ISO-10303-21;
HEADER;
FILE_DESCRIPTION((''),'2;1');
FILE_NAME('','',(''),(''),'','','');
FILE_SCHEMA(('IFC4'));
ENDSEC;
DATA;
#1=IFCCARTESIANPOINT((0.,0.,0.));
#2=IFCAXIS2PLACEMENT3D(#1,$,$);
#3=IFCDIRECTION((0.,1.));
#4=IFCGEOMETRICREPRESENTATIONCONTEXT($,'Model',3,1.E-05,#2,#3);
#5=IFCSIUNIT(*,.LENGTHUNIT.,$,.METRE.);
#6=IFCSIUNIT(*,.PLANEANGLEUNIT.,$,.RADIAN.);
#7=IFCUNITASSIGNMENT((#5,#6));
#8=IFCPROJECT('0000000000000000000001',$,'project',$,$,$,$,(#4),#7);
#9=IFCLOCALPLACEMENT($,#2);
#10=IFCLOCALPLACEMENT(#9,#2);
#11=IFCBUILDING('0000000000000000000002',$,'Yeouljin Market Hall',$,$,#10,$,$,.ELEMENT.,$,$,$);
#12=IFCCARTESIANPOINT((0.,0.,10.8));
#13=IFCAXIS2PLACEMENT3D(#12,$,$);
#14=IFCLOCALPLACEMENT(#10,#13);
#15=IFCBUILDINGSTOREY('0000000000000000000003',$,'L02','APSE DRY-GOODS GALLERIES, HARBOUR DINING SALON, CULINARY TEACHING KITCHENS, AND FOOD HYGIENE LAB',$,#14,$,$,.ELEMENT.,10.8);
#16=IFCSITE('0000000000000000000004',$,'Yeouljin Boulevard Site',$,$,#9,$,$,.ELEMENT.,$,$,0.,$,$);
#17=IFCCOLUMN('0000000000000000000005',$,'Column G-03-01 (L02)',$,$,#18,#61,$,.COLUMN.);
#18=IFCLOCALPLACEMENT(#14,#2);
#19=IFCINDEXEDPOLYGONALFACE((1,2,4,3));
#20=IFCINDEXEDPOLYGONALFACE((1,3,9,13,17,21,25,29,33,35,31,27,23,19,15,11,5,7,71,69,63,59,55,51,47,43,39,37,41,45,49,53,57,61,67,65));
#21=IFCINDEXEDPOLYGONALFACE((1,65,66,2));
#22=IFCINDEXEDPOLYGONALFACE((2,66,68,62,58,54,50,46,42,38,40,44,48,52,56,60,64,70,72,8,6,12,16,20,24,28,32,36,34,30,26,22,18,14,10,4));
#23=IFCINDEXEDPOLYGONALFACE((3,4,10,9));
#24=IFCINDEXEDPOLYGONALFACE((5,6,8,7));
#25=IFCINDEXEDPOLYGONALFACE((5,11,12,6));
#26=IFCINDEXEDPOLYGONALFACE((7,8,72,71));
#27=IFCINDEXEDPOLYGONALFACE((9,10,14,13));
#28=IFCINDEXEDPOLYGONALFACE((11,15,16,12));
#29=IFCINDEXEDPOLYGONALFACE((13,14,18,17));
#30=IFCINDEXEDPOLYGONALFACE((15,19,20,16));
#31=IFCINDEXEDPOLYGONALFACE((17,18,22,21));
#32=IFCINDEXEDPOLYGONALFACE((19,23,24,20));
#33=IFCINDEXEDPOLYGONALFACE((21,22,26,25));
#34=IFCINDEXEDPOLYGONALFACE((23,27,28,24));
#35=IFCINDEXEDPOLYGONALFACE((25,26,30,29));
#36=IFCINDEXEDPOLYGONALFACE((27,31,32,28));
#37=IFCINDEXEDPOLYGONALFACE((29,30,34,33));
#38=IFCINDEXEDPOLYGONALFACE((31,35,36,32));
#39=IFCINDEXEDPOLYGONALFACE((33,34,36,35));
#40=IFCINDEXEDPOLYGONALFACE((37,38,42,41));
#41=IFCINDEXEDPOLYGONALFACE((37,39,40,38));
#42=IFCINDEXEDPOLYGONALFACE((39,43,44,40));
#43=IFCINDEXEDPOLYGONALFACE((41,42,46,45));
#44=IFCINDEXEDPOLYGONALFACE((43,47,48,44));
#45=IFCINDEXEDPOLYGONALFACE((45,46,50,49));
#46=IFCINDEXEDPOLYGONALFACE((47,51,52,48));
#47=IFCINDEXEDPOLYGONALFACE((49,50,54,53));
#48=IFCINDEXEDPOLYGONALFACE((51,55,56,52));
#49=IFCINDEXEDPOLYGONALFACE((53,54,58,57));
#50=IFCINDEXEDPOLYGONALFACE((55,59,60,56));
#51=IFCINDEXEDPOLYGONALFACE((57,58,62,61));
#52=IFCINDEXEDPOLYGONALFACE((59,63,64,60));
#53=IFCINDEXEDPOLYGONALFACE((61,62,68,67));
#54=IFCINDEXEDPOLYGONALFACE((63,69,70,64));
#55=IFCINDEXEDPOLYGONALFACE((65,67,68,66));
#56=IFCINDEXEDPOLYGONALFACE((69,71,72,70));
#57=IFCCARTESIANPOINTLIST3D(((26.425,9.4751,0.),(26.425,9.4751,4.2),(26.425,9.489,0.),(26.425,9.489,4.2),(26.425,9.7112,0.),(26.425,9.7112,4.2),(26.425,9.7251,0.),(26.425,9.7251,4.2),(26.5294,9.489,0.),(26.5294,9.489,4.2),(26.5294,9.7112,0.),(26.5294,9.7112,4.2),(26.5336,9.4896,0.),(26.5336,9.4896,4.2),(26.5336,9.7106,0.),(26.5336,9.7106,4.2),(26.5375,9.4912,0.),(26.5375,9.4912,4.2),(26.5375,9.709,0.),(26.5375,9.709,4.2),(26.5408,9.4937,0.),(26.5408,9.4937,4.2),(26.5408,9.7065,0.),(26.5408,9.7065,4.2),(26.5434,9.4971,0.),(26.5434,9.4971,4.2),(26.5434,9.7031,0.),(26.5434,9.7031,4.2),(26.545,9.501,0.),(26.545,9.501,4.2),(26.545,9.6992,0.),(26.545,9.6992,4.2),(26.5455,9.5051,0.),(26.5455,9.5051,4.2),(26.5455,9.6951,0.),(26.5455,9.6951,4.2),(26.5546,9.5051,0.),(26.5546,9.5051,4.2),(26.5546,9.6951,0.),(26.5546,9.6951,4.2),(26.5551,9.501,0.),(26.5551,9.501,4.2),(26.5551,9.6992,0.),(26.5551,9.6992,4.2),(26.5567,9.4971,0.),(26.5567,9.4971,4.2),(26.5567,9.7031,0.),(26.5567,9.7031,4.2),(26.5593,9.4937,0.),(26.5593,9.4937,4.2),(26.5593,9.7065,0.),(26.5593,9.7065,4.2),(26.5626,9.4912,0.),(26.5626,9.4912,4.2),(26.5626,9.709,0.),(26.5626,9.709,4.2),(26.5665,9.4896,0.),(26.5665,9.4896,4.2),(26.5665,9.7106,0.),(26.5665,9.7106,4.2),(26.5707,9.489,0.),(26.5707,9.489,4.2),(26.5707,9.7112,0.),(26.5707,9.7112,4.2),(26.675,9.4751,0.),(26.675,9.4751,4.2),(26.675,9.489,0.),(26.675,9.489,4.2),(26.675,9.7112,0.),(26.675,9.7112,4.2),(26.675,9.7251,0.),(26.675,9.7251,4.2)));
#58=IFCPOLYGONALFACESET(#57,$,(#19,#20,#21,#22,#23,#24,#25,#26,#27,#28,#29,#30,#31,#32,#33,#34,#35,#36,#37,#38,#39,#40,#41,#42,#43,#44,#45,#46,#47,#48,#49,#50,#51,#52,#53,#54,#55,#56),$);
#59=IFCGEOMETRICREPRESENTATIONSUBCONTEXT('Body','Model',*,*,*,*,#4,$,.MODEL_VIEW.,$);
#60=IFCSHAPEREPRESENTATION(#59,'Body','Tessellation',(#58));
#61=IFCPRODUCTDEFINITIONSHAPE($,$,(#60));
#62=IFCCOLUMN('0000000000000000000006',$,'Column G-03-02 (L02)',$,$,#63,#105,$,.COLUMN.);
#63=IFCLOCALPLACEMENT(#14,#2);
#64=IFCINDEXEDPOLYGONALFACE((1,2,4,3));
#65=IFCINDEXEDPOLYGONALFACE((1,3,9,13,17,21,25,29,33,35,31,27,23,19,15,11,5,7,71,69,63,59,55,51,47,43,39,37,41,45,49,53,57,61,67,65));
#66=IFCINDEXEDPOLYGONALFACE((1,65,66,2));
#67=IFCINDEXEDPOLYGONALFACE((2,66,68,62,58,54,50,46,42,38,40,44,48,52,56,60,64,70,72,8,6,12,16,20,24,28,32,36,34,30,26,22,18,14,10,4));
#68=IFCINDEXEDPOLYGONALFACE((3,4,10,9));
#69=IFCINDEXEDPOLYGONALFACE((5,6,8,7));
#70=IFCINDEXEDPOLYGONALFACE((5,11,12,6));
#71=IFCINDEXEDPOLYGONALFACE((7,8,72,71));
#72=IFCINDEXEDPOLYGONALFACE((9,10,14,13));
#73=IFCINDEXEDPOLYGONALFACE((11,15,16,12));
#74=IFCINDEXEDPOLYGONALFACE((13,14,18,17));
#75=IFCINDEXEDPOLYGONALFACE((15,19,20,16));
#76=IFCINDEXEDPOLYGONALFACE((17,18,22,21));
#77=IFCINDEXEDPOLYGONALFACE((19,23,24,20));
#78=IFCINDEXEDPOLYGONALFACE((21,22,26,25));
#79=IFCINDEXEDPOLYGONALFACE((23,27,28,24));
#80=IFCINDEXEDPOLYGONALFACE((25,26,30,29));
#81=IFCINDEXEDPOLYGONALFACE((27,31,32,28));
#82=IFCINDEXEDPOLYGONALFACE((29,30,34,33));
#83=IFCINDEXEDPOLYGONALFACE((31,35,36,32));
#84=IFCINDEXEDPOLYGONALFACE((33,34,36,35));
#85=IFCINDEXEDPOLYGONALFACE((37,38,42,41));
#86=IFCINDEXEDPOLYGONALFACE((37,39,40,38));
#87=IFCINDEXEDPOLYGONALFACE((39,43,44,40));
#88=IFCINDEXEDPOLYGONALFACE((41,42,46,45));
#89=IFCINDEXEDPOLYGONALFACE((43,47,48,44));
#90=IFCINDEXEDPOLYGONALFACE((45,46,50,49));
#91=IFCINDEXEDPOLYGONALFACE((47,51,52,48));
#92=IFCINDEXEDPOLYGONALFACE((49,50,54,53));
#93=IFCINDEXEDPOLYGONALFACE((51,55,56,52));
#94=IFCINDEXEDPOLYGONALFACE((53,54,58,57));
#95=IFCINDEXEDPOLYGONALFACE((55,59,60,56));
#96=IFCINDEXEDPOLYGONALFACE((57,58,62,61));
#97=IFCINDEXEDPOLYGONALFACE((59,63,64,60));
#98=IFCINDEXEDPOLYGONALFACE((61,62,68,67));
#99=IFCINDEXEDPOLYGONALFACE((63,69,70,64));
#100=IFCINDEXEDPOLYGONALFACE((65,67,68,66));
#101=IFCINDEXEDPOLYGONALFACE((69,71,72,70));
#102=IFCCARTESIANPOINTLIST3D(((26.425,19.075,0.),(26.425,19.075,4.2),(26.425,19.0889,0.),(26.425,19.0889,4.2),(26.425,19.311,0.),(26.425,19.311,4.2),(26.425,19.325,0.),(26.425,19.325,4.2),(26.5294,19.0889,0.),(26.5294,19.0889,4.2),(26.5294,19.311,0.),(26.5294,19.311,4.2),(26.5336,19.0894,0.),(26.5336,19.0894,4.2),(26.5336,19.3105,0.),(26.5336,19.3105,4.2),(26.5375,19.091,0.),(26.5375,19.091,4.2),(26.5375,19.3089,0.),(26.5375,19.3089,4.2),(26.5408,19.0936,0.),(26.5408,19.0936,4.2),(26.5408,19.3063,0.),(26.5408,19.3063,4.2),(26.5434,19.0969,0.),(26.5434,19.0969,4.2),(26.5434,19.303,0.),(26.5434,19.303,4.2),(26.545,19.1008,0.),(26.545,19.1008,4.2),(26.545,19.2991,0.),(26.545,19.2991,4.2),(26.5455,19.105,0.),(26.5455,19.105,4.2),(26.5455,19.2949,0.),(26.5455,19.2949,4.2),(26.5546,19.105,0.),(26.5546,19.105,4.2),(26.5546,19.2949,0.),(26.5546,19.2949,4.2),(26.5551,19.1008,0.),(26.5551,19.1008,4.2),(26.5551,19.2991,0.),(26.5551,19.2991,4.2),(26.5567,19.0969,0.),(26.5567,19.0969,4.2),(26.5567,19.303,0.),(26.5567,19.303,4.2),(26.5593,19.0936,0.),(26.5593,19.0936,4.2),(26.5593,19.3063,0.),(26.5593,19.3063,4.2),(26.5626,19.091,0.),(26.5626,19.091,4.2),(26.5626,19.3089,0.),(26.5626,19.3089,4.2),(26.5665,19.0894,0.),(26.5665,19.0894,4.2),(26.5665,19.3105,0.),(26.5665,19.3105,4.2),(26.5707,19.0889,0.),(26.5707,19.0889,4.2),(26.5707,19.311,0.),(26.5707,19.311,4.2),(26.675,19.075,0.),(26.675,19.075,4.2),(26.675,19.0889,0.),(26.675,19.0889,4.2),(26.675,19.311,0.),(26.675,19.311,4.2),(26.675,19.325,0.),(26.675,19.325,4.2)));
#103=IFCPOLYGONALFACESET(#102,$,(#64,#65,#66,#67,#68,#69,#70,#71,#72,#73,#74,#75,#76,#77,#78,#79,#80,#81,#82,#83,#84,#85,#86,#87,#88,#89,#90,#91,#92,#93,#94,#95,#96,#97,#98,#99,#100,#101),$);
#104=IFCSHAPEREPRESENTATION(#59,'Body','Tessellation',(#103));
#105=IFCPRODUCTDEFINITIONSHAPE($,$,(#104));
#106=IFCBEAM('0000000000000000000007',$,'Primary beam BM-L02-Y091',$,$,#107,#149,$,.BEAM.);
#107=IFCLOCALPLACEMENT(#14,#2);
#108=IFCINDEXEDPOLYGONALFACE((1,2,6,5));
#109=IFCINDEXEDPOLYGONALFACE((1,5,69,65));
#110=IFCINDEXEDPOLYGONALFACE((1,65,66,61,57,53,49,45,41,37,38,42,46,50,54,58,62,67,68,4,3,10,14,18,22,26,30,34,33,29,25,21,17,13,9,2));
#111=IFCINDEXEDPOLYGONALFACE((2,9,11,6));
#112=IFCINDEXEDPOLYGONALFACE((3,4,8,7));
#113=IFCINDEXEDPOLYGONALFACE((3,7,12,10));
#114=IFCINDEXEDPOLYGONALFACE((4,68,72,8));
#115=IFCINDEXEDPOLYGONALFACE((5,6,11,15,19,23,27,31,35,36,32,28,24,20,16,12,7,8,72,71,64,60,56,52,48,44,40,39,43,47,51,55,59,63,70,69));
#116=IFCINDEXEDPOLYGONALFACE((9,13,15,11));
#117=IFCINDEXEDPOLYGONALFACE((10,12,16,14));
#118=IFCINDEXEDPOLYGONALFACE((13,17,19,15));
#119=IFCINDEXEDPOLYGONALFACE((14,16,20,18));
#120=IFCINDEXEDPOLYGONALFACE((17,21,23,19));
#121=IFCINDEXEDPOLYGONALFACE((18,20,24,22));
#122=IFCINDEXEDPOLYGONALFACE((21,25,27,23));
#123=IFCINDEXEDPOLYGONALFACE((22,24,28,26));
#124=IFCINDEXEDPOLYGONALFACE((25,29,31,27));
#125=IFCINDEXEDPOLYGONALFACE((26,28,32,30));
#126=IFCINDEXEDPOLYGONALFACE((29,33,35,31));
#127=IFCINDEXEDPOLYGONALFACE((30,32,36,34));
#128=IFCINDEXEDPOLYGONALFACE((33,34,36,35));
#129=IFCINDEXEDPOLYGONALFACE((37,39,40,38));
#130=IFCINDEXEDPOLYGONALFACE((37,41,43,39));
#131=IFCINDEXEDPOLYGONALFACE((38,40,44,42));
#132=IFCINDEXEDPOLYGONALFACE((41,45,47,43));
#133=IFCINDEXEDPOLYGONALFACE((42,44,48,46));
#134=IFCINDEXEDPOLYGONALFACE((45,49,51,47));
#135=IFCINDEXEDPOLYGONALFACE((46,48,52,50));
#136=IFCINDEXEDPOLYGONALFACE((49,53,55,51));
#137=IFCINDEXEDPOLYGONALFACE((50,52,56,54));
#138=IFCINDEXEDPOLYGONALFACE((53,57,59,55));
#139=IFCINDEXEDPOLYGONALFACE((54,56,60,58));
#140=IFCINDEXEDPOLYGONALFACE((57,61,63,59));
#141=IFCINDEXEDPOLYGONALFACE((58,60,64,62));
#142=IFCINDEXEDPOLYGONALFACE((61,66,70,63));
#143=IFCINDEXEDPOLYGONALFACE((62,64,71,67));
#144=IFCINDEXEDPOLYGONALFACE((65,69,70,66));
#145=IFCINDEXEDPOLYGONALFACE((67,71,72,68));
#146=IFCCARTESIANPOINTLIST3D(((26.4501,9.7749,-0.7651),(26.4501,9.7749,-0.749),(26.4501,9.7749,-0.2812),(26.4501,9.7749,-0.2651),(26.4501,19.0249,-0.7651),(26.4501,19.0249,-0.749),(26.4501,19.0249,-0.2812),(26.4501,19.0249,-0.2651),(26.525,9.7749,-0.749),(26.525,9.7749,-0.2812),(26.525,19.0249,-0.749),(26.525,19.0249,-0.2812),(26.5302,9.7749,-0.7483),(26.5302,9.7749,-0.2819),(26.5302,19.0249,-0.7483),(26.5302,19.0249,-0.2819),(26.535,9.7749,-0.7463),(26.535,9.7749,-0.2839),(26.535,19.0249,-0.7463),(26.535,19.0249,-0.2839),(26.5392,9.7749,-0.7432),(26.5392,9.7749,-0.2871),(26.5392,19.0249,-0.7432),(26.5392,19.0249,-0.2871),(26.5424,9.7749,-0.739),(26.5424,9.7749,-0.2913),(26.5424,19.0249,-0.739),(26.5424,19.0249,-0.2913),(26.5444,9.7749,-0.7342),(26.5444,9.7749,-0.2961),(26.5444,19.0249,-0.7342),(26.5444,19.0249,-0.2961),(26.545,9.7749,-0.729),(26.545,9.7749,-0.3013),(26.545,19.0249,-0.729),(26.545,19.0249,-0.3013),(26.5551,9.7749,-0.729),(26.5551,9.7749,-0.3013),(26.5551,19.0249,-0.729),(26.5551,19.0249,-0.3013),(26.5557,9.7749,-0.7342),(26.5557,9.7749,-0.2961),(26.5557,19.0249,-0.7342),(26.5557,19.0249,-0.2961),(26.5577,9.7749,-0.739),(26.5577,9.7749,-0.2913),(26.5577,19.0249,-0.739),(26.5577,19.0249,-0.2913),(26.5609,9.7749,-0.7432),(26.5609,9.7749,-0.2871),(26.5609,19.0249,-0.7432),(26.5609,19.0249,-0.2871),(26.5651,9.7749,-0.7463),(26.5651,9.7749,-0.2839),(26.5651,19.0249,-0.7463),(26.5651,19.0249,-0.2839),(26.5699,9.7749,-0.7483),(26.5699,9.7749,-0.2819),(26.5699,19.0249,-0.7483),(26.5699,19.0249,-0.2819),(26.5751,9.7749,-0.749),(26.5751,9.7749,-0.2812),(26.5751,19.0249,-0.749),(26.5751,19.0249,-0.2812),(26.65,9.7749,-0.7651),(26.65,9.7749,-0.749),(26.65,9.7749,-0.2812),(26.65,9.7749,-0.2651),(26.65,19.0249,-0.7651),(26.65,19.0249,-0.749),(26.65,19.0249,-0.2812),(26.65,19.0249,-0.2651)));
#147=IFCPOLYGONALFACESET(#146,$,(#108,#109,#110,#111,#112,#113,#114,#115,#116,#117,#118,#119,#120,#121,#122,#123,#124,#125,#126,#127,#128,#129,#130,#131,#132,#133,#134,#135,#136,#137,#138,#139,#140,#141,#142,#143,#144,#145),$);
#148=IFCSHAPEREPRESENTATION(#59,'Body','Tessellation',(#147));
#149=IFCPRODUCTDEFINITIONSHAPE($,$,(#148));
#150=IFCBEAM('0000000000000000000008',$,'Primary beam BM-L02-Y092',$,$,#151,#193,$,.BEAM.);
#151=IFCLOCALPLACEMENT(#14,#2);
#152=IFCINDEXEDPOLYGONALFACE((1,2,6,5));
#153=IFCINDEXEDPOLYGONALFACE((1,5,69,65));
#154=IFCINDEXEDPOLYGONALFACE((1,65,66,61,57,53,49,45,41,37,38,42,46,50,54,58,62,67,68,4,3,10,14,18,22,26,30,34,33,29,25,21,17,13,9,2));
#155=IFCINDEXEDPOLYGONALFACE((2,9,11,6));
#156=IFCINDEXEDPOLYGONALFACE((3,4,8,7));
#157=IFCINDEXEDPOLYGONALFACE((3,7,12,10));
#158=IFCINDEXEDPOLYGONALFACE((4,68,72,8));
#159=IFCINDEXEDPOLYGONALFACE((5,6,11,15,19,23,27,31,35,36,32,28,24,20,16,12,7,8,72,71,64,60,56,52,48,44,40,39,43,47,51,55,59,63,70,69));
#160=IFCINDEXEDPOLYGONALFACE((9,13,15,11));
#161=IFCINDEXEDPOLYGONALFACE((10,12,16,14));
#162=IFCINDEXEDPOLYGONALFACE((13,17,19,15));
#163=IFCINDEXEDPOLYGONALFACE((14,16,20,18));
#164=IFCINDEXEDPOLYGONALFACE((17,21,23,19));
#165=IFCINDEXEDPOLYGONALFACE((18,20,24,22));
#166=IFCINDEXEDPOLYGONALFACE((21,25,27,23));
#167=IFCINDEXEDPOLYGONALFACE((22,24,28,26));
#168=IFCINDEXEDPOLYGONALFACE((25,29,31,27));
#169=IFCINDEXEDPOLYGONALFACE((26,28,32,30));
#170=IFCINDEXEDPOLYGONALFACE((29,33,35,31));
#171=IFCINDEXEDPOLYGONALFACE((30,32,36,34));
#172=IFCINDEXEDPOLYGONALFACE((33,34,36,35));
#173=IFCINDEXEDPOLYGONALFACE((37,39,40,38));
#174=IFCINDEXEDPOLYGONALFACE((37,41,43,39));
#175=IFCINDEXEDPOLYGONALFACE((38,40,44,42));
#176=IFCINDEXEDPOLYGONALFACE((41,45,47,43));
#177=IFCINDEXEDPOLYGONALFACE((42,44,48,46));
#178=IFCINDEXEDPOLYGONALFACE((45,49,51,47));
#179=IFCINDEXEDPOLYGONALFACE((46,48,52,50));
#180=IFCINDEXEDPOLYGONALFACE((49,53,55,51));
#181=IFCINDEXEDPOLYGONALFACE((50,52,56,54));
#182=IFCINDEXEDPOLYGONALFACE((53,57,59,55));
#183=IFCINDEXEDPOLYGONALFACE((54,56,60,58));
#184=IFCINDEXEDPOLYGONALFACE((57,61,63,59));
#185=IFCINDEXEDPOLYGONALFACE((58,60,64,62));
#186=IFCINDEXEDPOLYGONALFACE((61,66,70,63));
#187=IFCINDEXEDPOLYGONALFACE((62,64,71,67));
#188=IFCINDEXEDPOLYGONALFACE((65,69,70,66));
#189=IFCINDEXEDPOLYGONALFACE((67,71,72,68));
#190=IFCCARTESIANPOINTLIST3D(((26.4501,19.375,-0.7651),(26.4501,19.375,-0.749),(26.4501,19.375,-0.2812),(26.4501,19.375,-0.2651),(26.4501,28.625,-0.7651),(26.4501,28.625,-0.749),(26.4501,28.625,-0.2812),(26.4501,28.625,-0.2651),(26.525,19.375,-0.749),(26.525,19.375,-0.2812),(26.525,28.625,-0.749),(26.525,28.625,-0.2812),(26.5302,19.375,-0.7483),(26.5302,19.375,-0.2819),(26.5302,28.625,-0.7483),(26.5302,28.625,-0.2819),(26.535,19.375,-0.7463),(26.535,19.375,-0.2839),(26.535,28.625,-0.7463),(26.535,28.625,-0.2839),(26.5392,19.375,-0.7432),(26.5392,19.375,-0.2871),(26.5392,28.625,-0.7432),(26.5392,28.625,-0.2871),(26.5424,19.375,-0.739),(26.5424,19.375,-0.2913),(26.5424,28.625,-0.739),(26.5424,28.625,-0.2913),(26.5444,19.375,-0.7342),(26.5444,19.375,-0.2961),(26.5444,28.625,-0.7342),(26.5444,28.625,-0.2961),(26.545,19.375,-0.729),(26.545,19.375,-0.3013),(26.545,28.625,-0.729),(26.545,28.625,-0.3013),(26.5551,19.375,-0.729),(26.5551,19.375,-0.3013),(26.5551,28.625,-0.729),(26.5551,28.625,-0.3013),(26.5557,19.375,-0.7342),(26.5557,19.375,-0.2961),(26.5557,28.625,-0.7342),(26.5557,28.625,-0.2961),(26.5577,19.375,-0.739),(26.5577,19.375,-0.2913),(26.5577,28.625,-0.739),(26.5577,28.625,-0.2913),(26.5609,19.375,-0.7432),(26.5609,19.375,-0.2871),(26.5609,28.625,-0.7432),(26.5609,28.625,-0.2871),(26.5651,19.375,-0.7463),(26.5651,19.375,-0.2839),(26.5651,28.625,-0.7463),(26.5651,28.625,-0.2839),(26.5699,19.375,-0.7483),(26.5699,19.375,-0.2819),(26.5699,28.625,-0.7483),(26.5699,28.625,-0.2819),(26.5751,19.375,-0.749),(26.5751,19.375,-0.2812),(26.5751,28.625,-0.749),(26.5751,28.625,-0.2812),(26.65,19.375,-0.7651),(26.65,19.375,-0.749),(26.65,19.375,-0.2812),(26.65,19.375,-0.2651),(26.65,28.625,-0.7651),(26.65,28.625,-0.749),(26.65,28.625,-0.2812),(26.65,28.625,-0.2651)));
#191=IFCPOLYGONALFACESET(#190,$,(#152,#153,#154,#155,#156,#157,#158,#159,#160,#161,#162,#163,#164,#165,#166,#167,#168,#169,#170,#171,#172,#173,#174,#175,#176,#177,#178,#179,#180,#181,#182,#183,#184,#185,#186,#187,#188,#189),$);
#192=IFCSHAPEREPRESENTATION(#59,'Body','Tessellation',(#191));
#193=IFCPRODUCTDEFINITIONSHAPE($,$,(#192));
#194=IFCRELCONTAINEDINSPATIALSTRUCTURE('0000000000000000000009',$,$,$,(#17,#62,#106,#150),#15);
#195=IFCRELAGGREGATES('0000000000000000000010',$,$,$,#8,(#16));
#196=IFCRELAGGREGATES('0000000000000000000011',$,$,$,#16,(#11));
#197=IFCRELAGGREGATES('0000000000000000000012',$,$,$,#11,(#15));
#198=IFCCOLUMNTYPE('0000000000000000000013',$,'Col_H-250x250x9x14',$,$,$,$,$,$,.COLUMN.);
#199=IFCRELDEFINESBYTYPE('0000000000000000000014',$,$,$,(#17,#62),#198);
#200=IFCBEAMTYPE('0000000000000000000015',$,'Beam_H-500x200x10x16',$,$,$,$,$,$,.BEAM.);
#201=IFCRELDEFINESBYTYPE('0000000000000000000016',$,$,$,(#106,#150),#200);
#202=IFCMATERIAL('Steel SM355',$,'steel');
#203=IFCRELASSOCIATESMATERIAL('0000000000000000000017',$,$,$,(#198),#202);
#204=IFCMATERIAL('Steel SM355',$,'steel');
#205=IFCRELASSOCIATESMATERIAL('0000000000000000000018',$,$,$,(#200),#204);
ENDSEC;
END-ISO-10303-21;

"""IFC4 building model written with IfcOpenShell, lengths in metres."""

from ifc_helpers import new_model, si_unit, direction, frame, origin, origin_2d, place, context, subcontext, project, spatial, i_section, extrude, material, material_profile, profile_set, type_object, element, save


model = new_model("IFC4")

# Units and contexts
model_context = context("Model", 3, precision=1e-05, world=origin(), true_north=direction((0.0, 1.0)))
body_context = subcontext(model_context, "Body", "Model", "MODEL_VIEW")
ifc_project = project(units=[si_unit("LENGTHUNIT", "METRE"), si_unit("PLANEANGLEUNIT", "RADIAN")], contexts=[model_context])

# Site, building, storey
site_placement = place(None, origin())
site = spatial("IfcSite", under=ifc_project, at=site_placement, Name="Yeouljin Boulevard Site", CompositionType="ELEMENT", RefElevation=0.0)
building_placement = place(site_placement, origin())
building = spatial("IfcBuilding", under=site, at=building_placement, Name="Yeouljin Market Hall", CompositionType="ELEMENT")
storey_placement = place(building_placement, frame((0.0, 0.0, 10.8)))
storey = spatial("IfcBuildingStorey", under=building, at=storey_placement, Name="L02", Description="APSE DRY-GOODS GALLERIES, HARBOUR DINING SALON, CULINARY TEACHING KITCHENS, AND FOOD HYGIENE LAB", CompositionType="ELEMENT", Elevation=10.8)

# Columns
ifc_material_1 = material(Name="Steel SM355", Category="steel")
ifc_material_profile_1 = material_profile(ifc_material_1, i_section(OverallWidth=0.25, OverallDepth=0.25, WebThickness=0.009, FlangeThickness=0.0139, FilletRadius=0.0161, at=origin_2d()), Name="H-250x250x9x14")
ifc_profile_set_1 = profile_set([ifc_material_profile_1], Name="Steel SM355")
column_type = type_object("IfcColumnType", Name="Col_H-250x250x9x14", PredefinedType="COLUMN", material=ifc_profile_set_1)
for number, where, z_axis, x_axis, name in (
    (1, (26.55, 9.6001, 0.0), (0.0, 0.0, 1.0), (1.0, 0.0, 0.0), "Column G-03-01 (L02)"),
    (2, (26.55, 19.2, 0.0), (0.0, 0.0, 1.0), (1.0, 0.0, 0.0), "Column G-03-02 (L02)"),
):
    element("IfcColumn", number, at=place(storey_placement, frame(where, z_axis=z_axis, x_axis=x_axis)), inside=storey, type_object=column_type, Name=name, PredefinedType="COLUMN", context=body_context, shape_type="SweptSolid", body=[
        extrude(i_section(OverallWidth=0.25, OverallDepth=0.25, WebThickness=0.009, FlangeThickness=0.0139, FilletRadius=0.0161, at=origin_2d()), origin(), (0.0, 0.0, 1.0), 4.2),
    ])

# Beams
ifc_material_2 = material(Name="Steel SM355", Category="steel")
ifc_material_profile_2 = material_profile(ifc_material_2, i_section(OverallWidth=0.2, OverallDepth=0.5, WebThickness=0.01, FlangeThickness=0.0161, FilletRadius=0.02, at=origin_2d()), Name="H-500x200x10x16")
ifc_profile_set_2 = profile_set([ifc_material_profile_2], Name="Steel SM355")
beam_type_1 = type_object("IfcBeamType", Name="Beam_H-500x200x10x16", PredefinedType="BEAM", material=ifc_profile_set_2)
for number, where, z_axis, x_axis, name in (
    (3, (26.55, 9.7749, -0.5151), (0.0, 1.0, 0.0), (-1.0, 0.0, 0.0), "Primary beam BM-L02-Y091"),
    (4, (26.55, 19.375, -0.5151), (0.0, 1.0, 0.0), (-1.0, 0.0, 0.0), "Primary beam BM-L02-Y092"),
):
    element("IfcBeam", number, at=place(storey_placement, frame(where, z_axis=z_axis, x_axis=x_axis)), inside=storey, type_object=beam_type_1, Name=name, PredefinedType="BEAM", context=body_context, shape_type="SweptSolid", body=[
        extrude(i_section(OverallWidth=0.2, OverallDepth=0.5, WebThickness=0.01, FlangeThickness=0.0161, FilletRadius=0.02, at=origin_2d()), origin(), (0.0, 0.0, 1.0), 9.25),
    ])

save(model, "model.ifc")
